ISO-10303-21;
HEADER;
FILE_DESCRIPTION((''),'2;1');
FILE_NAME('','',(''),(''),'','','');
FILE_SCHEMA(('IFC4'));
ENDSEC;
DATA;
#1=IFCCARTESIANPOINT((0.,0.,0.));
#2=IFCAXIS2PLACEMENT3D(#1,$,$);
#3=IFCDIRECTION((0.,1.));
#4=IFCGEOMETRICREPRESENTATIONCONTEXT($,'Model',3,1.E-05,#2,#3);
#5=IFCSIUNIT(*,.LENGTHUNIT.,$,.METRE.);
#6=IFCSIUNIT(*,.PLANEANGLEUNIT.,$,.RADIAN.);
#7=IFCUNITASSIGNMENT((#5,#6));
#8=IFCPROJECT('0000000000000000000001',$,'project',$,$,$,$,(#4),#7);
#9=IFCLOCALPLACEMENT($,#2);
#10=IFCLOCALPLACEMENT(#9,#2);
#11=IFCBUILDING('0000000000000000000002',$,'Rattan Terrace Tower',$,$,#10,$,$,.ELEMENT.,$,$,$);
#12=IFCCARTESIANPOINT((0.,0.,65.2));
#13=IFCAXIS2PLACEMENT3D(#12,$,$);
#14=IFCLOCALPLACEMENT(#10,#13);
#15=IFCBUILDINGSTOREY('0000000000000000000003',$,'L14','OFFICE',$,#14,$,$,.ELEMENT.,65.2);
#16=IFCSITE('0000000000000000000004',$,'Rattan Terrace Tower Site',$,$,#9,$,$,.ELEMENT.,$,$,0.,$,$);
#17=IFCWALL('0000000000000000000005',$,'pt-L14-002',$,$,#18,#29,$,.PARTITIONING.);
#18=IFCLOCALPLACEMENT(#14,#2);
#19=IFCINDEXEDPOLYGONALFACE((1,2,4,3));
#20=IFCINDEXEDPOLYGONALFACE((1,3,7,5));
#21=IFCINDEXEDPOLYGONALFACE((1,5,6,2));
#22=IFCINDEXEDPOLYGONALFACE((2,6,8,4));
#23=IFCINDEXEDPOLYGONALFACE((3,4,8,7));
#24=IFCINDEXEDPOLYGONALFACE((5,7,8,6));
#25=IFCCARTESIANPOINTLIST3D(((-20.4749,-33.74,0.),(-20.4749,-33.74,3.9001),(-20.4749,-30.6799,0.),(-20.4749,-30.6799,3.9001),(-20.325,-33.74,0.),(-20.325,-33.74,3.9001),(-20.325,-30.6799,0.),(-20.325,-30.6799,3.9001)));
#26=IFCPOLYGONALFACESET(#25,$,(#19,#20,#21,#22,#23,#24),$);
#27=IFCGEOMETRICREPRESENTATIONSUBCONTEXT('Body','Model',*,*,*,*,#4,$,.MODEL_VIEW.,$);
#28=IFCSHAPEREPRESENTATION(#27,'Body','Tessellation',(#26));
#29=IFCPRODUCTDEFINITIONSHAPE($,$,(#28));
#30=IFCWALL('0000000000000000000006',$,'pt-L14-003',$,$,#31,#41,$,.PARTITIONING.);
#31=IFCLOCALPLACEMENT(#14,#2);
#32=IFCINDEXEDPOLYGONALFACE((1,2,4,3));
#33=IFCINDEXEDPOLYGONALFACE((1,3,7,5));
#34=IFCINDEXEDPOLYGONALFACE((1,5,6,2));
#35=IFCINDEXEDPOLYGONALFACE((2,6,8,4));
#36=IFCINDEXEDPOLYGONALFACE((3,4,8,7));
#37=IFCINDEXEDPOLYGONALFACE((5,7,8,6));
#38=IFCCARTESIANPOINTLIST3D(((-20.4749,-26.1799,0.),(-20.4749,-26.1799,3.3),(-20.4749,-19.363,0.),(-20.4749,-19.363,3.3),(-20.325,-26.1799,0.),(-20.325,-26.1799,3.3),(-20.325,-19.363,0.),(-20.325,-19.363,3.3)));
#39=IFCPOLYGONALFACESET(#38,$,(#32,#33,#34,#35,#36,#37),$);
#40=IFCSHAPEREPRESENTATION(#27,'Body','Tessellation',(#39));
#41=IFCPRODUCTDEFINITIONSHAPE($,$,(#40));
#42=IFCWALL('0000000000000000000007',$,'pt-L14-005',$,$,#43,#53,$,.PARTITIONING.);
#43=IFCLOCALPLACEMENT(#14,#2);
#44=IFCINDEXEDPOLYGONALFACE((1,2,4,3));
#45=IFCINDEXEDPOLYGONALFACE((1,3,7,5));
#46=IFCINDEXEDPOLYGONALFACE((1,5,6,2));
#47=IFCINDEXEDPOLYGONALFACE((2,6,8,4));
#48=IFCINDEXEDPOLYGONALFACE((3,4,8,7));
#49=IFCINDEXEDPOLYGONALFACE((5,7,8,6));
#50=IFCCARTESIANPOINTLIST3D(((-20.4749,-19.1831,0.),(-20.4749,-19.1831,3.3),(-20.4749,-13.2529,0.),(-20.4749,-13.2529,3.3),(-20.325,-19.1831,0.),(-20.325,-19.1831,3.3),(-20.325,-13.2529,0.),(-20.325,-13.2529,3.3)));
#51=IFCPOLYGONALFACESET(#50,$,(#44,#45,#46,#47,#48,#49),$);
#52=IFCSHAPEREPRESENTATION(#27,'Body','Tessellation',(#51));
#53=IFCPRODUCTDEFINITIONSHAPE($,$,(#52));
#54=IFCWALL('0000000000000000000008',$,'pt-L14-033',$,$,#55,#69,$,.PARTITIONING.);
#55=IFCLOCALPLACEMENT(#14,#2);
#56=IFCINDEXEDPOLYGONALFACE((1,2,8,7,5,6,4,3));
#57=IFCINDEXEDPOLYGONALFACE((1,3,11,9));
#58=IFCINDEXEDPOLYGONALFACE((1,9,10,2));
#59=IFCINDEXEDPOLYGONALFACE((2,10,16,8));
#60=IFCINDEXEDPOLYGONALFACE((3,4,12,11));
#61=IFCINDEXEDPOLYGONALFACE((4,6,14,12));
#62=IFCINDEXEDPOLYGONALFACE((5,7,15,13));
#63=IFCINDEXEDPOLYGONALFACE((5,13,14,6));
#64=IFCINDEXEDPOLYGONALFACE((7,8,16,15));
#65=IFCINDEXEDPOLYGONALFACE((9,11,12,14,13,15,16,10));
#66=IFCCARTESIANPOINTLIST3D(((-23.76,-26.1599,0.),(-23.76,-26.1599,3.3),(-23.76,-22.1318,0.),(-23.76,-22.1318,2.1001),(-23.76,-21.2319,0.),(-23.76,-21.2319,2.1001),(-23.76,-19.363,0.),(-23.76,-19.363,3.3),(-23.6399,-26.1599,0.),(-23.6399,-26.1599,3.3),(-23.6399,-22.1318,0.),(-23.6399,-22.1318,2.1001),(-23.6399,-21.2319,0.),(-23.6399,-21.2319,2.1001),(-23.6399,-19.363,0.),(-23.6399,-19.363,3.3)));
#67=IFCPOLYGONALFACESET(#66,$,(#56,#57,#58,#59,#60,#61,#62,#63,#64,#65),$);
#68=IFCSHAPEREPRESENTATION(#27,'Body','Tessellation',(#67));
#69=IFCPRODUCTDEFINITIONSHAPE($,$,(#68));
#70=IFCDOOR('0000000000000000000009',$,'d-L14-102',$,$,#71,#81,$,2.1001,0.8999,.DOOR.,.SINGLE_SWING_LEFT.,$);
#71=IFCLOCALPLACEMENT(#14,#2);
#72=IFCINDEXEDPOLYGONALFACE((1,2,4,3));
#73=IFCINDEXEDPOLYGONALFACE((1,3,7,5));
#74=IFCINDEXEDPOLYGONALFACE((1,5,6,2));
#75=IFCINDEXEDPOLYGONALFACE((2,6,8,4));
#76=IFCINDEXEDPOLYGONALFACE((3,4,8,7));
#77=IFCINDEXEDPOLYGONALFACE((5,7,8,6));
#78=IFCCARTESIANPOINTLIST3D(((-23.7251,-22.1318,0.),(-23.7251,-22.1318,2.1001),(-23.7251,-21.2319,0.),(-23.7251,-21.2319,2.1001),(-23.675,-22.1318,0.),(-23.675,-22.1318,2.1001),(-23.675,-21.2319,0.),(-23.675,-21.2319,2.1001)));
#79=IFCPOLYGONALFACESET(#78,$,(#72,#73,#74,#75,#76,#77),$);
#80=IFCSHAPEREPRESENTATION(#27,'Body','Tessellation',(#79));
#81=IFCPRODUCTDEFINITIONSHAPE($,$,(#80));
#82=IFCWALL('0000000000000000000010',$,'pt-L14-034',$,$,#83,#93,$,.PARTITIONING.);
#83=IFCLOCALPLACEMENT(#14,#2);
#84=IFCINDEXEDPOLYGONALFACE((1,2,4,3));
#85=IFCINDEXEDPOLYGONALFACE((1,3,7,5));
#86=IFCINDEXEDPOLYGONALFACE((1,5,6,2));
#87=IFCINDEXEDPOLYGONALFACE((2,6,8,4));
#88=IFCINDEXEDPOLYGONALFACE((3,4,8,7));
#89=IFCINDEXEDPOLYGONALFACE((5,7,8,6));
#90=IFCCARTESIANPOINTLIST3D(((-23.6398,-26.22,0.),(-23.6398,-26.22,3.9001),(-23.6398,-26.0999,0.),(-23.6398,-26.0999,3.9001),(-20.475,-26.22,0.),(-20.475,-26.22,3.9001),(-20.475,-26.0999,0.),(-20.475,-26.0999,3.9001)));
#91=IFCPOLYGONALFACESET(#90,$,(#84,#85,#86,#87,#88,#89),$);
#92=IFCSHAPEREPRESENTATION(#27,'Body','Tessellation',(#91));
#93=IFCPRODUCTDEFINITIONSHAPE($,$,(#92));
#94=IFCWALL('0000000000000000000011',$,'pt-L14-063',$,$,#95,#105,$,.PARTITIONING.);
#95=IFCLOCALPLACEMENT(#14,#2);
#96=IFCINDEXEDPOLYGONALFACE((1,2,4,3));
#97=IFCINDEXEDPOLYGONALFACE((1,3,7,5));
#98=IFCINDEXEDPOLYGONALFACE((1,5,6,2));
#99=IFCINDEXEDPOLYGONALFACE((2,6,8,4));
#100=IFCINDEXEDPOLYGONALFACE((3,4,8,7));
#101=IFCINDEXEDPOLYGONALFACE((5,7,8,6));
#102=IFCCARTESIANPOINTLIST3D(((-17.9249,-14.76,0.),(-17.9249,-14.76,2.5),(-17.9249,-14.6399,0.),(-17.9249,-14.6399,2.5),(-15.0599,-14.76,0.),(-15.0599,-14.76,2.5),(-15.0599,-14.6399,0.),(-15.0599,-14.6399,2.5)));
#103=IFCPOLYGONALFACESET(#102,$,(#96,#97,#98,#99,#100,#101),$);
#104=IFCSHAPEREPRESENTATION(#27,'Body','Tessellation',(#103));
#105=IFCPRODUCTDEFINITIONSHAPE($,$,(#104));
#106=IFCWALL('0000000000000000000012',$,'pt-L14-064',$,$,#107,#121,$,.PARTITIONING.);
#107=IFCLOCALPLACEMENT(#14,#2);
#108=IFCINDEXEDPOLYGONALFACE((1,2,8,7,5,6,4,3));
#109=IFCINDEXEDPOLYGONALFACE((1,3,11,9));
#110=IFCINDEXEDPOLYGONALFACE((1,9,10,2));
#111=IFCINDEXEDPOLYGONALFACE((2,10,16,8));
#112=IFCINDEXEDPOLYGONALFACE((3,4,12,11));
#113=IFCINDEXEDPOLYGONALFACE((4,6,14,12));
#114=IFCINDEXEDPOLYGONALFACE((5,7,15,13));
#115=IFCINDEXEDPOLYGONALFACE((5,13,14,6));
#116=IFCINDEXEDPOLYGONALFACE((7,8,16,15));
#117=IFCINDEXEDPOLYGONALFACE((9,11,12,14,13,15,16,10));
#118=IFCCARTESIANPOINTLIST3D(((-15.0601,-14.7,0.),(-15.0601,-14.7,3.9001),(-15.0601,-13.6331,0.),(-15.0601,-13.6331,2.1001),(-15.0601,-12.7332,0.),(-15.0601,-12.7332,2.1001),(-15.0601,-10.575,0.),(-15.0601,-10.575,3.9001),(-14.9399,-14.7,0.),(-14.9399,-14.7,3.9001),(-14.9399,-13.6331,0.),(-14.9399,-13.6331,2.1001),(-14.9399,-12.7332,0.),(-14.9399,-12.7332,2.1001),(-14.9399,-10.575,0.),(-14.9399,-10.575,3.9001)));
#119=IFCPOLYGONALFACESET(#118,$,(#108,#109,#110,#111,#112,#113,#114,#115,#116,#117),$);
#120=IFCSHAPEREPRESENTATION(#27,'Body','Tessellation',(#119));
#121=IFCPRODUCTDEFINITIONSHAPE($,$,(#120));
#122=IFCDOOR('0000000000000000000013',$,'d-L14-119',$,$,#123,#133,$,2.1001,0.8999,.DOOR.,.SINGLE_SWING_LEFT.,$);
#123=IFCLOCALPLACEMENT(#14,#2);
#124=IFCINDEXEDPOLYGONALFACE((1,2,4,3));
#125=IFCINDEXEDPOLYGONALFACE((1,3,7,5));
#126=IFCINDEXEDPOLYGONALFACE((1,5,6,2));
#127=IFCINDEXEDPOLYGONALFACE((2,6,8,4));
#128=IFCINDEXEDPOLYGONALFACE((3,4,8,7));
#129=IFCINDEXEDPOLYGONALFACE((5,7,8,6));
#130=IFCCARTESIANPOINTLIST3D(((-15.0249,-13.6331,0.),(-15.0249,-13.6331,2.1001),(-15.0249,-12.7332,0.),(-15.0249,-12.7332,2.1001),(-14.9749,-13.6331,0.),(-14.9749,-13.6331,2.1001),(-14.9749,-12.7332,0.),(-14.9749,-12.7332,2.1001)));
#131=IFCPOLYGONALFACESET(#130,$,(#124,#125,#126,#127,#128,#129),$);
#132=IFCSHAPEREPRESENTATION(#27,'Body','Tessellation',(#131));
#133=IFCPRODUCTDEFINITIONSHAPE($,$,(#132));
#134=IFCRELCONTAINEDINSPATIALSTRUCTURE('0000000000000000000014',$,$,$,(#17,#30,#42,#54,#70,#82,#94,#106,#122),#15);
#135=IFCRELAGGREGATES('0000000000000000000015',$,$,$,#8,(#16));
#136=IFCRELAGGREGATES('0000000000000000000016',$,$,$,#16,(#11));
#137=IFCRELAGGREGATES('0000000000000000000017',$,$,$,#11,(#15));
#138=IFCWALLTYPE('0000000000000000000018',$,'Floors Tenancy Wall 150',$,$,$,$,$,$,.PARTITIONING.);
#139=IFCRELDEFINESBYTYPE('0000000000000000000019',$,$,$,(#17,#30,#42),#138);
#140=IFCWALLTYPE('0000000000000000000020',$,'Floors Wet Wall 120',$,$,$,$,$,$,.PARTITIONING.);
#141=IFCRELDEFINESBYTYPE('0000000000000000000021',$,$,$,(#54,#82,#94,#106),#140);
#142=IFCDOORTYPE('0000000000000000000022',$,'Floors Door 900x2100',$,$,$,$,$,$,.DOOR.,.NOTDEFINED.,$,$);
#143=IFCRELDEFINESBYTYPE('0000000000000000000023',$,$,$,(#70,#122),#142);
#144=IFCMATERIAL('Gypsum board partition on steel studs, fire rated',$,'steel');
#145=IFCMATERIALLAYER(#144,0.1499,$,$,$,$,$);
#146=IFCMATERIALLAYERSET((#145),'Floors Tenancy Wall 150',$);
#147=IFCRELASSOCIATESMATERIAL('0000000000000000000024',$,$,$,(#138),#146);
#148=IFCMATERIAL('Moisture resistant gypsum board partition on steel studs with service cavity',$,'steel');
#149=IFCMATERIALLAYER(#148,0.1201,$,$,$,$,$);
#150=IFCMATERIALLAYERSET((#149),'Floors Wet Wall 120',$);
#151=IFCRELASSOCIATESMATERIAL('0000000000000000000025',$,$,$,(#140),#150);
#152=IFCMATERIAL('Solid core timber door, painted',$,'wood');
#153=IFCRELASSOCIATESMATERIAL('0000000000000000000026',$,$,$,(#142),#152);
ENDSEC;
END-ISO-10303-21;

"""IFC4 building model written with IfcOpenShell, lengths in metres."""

from ifc_helpers import new_model, si_unit, direction, frame, frame_2d, origin, place, context, subcontext, project, spatial, rectangle, extrude, material, layer, layer_set, type_object, element, fill, save


model = new_model("IFC4")

# Units and contexts
model_context = context("Model", 3, precision=1e-05, world=origin(), true_north=direction((0.0, 1.0)))
body_context = subcontext(model_context, "Body", "Model", "MODEL_VIEW")
ifc_project = project(units=[si_unit("LENGTHUNIT", "METRE"), si_unit("PLANEANGLEUNIT", "RADIAN")], contexts=[model_context])

# Site, building, storey
site_placement = place(None, origin())
site = spatial("IfcSite", under=ifc_project, at=site_placement, Name="Rattan Terrace Tower Site", CompositionType="ELEMENT", RefElevation=0.0)
building_placement = place(site_placement, origin())
building = spatial("IfcBuilding", under=site, at=building_placement, Name="Rattan Terrace Tower", CompositionType="ELEMENT")
storey_placement = place(building_placement, frame((0.0, 0.0, 65.2)))
storey = spatial("IfcBuildingStorey", under=building, at=storey_placement, Name="L14", Description="OFFICE", CompositionType="ELEMENT", Elevation=65.2)

# Shared definitions
ifc_material_1 = material(Name="Gypsum board partition on steel studs, fire rated", Category="steel")
ifc_layer_1 = layer(ifc_material_1, 0.1499)
ifc_layer_set_1 = layer_set([ifc_layer_1], Name="Floors Tenancy Wall 150")
wall_type_1 = type_object("IfcWallType", Name="Floors Tenancy Wall 150", PredefinedType="PARTITIONING", material=ifc_layer_set_1)

# Walls
wall_1_placement = place(storey_placement, frame((-20.3999, -33.74, 0.0), z_axis=(0.0, 0.0, 1.0), x_axis=(0.0, 1.0, 0.0)))
element("IfcWall", 1, at=wall_1_placement, inside=storey, type_object=wall_type_1, Name="pt-L14-002", PredefinedType="PARTITIONING", context=body_context, shape_type="SweptSolid", body=[
    extrude(rectangle(XDim=3.0601, YDim=0.1499, at=frame_2d((1.53, 0.0))), origin(), (0.0, 0.0, 1.0), 3.9001),
])
wall_2_placement = place(storey_placement, frame((-20.3999, -26.1799, 0.0), z_axis=(0.0, 0.0, 1.0), x_axis=(0.0, 1.0, 0.0)))
element("IfcWall", 2, at=wall_2_placement, inside=storey, type_object=wall_type_1, Name="pt-L14-003", PredefinedType="PARTITIONING", context=body_context, shape_type="SweptSolid", body=[
    extrude(rectangle(XDim=6.8169, YDim=0.1499, at=frame_2d((3.4084, 0.0))), origin(), (0.0, 0.0, 1.0), 3.3),
])
wall_3_placement = place(storey_placement, frame((-20.3999, -19.1831, 0.0), z_axis=(0.0, 0.0, 1.0), x_axis=(0.0, 1.0, 0.0)))
element("IfcWall", 3, at=wall_3_placement, inside=storey, type_object=wall_type_1, Name="pt-L14-005", PredefinedType="PARTITIONING", context=body_context, shape_type="SweptSolid", body=[
    extrude(rectangle(XDim=5.9302, YDim=0.1499, at=frame_2d((2.9651, 0.0))), origin(), (0.0, 0.0, 1.0), 3.3),
])

# Wall, opening, door
ifc_material_2 = material(Name="Moisture resistant gypsum board partition on steel studs with service cavity", Category="steel")
ifc_layer_2 = layer(ifc_material_2, 0.1201)
ifc_layer_set_2 = layer_set([ifc_layer_2], Name="Floors Wet Wall 120")
wall_type_2 = type_object("IfcWallType", Name="Floors Wet Wall 120", PredefinedType="PARTITIONING", material=ifc_layer_set_2)
wall_4_placement = place(storey_placement, frame((-23.7, -19.363, 0.0), z_axis=(0.0, 0.0, 1.0), x_axis=(0.0, -1.0, 0.0)))
wall_4 = element("IfcWall", 4, at=wall_4_placement, inside=storey, type_object=wall_type_2, Name="pt-L14-033", PredefinedType="PARTITIONING", context=body_context, shape_type="SweptSolid", body=[
    extrude(rectangle(XDim=6.7969, YDim=0.1201, at=frame_2d((3.3984, 0.0))), origin(), (0.0, 0.0, 1.0), 3.3),
])
opening_1_placement = place(wall_4_placement, frame((1.8689, 0.0, 0.0)))
opening_1 = element("IfcOpeningElement", 5, at=opening_1_placement, cuts=wall_4, PredefinedType="OPENING", context=body_context, shape_type="SweptSolid", body=[
    extrude(rectangle(XDim=0.8999, YDim=2.1001, at=frame_2d((0.45, 1.05))), frame((0.0, 0.0706, 0.0), z_axis=(0.0, -1.0, 0.0), x_axis=(1.0, 0.0, 0.0)), (0.0, 0.0, 1.0), 0.1411),
])
ifc_material_3 = material(Name="Solid core timber door, painted", Category="wood")
door_type_1 = type_object("IfcDoorType", Name="Floors Door 900x2100", OperationType="NOTDEFINED", PredefinedType="DOOR", material=ifc_material_3)
door_1_placement = place(opening_1_placement, origin())
door_1 = element("IfcDoor", 6, at=door_1_placement, inside=storey, type_object=door_type_1, Name="d-L14-102", OperationType="SINGLE_SWING_LEFT", OverallHeight=2.1001, OverallWidth=0.8999, PredefinedType="DOOR", context=body_context, shape_type="SweptSolid", body=[
    extrude(rectangle(XDim=0.8999, YDim=2.1001, at=frame_2d((0.45, 1.05))), frame((0.0, 0.0249, 0.0), z_axis=(0.0, -1.0, 0.0), x_axis=(1.0, 0.0, 0.0)), (0.0, 0.0, 1.0), 0.05),
])
fill(opening_1, door_1)

# Walls
wall_5_placement = place(storey_placement, frame((-23.6399, -26.1599, 0.0), z_axis=(0.0, 0.0, 1.0), x_axis=(1.0, 0.0, 0.0)))
element("IfcWall", 7, at=wall_5_placement, inside=storey, type_object=wall_type_2, Name="pt-L14-034", PredefinedType="PARTITIONING", context=body_context, shape_type="SweptSolid", body=[
    extrude(rectangle(XDim=3.1648, YDim=0.1201, at=frame_2d((1.5825, 0.0))), origin(), (0.0, 0.0, 1.0), 3.9001),
])
wall_6_placement = place(storey_placement, frame((-17.925, -14.7, 0.0), z_axis=(0.0, 0.0, 1.0), x_axis=(1.0, 0.0, 0.0)))
element("IfcWall", 8, at=wall_6_placement, inside=storey, type_object=wall_type_2, Name="pt-L14-063", PredefinedType="PARTITIONING", context=body_context, shape_type="SweptSolid", body=[
    extrude(rectangle(XDim=2.865, YDim=0.1201, at=frame_2d((1.4326, 0.0))), origin(), (0.0, 0.0, 1.0), 2.5),
])

# Wall, opening, door
wall_7_placement = place(storey_placement, frame((-15.0, -14.7, 0.0), z_axis=(0.0, 0.0, 1.0), x_axis=(0.0, 1.0, 0.0)))
wall_7 = element("IfcWall", 9, at=wall_7_placement, inside=storey, type_object=wall_type_2, Name="pt-L14-064", PredefinedType="PARTITIONING", context=body_context, shape_type="SweptSolid", body=[
    extrude(rectangle(XDim=4.125, YDim=0.1201, at=frame_2d((2.0625, 0.0))), origin(), (0.0, 0.0, 1.0), 3.9001),
])
opening_2_placement = place(wall_7_placement, frame((1.0669, 0.0, 0.0)))
opening_2 = element("IfcOpeningElement", 10, at=opening_2_placement, cuts=wall_7, PredefinedType="OPENING", context=body_context, shape_type="SweptSolid", body=[
    extrude(rectangle(XDim=0.8999, YDim=2.1001, at=frame_2d((0.45, 1.05))), frame((0.0, 0.0706, 0.0), z_axis=(0.0, -1.0, 0.0), x_axis=(1.0, 0.0, 0.0)), (0.0, 0.0, 1.0), 0.1411),
])
door_2_placement = place(opening_2_placement, origin())
door_2 = element("IfcDoor", 11, at=door_2_placement, inside=storey, type_object=door_type_1, Name="d-L14-119", OperationType="SINGLE_SWING_LEFT", OverallHeight=2.1001, OverallWidth=0.8999, PredefinedType="DOOR", context=body_context, shape_type="SweptSolid", body=[
    extrude(rectangle(XDim=0.8999, YDim=2.1001, at=frame_2d((0.45, 1.05))), frame((0.0, 0.0249, 0.0), z_axis=(0.0, -1.0, 0.0), x_axis=(1.0, 0.0, 0.0)), (0.0, 0.0, 1.0), 0.05),
])
fill(opening_2, door_2)

save(model, "model.ifc")
